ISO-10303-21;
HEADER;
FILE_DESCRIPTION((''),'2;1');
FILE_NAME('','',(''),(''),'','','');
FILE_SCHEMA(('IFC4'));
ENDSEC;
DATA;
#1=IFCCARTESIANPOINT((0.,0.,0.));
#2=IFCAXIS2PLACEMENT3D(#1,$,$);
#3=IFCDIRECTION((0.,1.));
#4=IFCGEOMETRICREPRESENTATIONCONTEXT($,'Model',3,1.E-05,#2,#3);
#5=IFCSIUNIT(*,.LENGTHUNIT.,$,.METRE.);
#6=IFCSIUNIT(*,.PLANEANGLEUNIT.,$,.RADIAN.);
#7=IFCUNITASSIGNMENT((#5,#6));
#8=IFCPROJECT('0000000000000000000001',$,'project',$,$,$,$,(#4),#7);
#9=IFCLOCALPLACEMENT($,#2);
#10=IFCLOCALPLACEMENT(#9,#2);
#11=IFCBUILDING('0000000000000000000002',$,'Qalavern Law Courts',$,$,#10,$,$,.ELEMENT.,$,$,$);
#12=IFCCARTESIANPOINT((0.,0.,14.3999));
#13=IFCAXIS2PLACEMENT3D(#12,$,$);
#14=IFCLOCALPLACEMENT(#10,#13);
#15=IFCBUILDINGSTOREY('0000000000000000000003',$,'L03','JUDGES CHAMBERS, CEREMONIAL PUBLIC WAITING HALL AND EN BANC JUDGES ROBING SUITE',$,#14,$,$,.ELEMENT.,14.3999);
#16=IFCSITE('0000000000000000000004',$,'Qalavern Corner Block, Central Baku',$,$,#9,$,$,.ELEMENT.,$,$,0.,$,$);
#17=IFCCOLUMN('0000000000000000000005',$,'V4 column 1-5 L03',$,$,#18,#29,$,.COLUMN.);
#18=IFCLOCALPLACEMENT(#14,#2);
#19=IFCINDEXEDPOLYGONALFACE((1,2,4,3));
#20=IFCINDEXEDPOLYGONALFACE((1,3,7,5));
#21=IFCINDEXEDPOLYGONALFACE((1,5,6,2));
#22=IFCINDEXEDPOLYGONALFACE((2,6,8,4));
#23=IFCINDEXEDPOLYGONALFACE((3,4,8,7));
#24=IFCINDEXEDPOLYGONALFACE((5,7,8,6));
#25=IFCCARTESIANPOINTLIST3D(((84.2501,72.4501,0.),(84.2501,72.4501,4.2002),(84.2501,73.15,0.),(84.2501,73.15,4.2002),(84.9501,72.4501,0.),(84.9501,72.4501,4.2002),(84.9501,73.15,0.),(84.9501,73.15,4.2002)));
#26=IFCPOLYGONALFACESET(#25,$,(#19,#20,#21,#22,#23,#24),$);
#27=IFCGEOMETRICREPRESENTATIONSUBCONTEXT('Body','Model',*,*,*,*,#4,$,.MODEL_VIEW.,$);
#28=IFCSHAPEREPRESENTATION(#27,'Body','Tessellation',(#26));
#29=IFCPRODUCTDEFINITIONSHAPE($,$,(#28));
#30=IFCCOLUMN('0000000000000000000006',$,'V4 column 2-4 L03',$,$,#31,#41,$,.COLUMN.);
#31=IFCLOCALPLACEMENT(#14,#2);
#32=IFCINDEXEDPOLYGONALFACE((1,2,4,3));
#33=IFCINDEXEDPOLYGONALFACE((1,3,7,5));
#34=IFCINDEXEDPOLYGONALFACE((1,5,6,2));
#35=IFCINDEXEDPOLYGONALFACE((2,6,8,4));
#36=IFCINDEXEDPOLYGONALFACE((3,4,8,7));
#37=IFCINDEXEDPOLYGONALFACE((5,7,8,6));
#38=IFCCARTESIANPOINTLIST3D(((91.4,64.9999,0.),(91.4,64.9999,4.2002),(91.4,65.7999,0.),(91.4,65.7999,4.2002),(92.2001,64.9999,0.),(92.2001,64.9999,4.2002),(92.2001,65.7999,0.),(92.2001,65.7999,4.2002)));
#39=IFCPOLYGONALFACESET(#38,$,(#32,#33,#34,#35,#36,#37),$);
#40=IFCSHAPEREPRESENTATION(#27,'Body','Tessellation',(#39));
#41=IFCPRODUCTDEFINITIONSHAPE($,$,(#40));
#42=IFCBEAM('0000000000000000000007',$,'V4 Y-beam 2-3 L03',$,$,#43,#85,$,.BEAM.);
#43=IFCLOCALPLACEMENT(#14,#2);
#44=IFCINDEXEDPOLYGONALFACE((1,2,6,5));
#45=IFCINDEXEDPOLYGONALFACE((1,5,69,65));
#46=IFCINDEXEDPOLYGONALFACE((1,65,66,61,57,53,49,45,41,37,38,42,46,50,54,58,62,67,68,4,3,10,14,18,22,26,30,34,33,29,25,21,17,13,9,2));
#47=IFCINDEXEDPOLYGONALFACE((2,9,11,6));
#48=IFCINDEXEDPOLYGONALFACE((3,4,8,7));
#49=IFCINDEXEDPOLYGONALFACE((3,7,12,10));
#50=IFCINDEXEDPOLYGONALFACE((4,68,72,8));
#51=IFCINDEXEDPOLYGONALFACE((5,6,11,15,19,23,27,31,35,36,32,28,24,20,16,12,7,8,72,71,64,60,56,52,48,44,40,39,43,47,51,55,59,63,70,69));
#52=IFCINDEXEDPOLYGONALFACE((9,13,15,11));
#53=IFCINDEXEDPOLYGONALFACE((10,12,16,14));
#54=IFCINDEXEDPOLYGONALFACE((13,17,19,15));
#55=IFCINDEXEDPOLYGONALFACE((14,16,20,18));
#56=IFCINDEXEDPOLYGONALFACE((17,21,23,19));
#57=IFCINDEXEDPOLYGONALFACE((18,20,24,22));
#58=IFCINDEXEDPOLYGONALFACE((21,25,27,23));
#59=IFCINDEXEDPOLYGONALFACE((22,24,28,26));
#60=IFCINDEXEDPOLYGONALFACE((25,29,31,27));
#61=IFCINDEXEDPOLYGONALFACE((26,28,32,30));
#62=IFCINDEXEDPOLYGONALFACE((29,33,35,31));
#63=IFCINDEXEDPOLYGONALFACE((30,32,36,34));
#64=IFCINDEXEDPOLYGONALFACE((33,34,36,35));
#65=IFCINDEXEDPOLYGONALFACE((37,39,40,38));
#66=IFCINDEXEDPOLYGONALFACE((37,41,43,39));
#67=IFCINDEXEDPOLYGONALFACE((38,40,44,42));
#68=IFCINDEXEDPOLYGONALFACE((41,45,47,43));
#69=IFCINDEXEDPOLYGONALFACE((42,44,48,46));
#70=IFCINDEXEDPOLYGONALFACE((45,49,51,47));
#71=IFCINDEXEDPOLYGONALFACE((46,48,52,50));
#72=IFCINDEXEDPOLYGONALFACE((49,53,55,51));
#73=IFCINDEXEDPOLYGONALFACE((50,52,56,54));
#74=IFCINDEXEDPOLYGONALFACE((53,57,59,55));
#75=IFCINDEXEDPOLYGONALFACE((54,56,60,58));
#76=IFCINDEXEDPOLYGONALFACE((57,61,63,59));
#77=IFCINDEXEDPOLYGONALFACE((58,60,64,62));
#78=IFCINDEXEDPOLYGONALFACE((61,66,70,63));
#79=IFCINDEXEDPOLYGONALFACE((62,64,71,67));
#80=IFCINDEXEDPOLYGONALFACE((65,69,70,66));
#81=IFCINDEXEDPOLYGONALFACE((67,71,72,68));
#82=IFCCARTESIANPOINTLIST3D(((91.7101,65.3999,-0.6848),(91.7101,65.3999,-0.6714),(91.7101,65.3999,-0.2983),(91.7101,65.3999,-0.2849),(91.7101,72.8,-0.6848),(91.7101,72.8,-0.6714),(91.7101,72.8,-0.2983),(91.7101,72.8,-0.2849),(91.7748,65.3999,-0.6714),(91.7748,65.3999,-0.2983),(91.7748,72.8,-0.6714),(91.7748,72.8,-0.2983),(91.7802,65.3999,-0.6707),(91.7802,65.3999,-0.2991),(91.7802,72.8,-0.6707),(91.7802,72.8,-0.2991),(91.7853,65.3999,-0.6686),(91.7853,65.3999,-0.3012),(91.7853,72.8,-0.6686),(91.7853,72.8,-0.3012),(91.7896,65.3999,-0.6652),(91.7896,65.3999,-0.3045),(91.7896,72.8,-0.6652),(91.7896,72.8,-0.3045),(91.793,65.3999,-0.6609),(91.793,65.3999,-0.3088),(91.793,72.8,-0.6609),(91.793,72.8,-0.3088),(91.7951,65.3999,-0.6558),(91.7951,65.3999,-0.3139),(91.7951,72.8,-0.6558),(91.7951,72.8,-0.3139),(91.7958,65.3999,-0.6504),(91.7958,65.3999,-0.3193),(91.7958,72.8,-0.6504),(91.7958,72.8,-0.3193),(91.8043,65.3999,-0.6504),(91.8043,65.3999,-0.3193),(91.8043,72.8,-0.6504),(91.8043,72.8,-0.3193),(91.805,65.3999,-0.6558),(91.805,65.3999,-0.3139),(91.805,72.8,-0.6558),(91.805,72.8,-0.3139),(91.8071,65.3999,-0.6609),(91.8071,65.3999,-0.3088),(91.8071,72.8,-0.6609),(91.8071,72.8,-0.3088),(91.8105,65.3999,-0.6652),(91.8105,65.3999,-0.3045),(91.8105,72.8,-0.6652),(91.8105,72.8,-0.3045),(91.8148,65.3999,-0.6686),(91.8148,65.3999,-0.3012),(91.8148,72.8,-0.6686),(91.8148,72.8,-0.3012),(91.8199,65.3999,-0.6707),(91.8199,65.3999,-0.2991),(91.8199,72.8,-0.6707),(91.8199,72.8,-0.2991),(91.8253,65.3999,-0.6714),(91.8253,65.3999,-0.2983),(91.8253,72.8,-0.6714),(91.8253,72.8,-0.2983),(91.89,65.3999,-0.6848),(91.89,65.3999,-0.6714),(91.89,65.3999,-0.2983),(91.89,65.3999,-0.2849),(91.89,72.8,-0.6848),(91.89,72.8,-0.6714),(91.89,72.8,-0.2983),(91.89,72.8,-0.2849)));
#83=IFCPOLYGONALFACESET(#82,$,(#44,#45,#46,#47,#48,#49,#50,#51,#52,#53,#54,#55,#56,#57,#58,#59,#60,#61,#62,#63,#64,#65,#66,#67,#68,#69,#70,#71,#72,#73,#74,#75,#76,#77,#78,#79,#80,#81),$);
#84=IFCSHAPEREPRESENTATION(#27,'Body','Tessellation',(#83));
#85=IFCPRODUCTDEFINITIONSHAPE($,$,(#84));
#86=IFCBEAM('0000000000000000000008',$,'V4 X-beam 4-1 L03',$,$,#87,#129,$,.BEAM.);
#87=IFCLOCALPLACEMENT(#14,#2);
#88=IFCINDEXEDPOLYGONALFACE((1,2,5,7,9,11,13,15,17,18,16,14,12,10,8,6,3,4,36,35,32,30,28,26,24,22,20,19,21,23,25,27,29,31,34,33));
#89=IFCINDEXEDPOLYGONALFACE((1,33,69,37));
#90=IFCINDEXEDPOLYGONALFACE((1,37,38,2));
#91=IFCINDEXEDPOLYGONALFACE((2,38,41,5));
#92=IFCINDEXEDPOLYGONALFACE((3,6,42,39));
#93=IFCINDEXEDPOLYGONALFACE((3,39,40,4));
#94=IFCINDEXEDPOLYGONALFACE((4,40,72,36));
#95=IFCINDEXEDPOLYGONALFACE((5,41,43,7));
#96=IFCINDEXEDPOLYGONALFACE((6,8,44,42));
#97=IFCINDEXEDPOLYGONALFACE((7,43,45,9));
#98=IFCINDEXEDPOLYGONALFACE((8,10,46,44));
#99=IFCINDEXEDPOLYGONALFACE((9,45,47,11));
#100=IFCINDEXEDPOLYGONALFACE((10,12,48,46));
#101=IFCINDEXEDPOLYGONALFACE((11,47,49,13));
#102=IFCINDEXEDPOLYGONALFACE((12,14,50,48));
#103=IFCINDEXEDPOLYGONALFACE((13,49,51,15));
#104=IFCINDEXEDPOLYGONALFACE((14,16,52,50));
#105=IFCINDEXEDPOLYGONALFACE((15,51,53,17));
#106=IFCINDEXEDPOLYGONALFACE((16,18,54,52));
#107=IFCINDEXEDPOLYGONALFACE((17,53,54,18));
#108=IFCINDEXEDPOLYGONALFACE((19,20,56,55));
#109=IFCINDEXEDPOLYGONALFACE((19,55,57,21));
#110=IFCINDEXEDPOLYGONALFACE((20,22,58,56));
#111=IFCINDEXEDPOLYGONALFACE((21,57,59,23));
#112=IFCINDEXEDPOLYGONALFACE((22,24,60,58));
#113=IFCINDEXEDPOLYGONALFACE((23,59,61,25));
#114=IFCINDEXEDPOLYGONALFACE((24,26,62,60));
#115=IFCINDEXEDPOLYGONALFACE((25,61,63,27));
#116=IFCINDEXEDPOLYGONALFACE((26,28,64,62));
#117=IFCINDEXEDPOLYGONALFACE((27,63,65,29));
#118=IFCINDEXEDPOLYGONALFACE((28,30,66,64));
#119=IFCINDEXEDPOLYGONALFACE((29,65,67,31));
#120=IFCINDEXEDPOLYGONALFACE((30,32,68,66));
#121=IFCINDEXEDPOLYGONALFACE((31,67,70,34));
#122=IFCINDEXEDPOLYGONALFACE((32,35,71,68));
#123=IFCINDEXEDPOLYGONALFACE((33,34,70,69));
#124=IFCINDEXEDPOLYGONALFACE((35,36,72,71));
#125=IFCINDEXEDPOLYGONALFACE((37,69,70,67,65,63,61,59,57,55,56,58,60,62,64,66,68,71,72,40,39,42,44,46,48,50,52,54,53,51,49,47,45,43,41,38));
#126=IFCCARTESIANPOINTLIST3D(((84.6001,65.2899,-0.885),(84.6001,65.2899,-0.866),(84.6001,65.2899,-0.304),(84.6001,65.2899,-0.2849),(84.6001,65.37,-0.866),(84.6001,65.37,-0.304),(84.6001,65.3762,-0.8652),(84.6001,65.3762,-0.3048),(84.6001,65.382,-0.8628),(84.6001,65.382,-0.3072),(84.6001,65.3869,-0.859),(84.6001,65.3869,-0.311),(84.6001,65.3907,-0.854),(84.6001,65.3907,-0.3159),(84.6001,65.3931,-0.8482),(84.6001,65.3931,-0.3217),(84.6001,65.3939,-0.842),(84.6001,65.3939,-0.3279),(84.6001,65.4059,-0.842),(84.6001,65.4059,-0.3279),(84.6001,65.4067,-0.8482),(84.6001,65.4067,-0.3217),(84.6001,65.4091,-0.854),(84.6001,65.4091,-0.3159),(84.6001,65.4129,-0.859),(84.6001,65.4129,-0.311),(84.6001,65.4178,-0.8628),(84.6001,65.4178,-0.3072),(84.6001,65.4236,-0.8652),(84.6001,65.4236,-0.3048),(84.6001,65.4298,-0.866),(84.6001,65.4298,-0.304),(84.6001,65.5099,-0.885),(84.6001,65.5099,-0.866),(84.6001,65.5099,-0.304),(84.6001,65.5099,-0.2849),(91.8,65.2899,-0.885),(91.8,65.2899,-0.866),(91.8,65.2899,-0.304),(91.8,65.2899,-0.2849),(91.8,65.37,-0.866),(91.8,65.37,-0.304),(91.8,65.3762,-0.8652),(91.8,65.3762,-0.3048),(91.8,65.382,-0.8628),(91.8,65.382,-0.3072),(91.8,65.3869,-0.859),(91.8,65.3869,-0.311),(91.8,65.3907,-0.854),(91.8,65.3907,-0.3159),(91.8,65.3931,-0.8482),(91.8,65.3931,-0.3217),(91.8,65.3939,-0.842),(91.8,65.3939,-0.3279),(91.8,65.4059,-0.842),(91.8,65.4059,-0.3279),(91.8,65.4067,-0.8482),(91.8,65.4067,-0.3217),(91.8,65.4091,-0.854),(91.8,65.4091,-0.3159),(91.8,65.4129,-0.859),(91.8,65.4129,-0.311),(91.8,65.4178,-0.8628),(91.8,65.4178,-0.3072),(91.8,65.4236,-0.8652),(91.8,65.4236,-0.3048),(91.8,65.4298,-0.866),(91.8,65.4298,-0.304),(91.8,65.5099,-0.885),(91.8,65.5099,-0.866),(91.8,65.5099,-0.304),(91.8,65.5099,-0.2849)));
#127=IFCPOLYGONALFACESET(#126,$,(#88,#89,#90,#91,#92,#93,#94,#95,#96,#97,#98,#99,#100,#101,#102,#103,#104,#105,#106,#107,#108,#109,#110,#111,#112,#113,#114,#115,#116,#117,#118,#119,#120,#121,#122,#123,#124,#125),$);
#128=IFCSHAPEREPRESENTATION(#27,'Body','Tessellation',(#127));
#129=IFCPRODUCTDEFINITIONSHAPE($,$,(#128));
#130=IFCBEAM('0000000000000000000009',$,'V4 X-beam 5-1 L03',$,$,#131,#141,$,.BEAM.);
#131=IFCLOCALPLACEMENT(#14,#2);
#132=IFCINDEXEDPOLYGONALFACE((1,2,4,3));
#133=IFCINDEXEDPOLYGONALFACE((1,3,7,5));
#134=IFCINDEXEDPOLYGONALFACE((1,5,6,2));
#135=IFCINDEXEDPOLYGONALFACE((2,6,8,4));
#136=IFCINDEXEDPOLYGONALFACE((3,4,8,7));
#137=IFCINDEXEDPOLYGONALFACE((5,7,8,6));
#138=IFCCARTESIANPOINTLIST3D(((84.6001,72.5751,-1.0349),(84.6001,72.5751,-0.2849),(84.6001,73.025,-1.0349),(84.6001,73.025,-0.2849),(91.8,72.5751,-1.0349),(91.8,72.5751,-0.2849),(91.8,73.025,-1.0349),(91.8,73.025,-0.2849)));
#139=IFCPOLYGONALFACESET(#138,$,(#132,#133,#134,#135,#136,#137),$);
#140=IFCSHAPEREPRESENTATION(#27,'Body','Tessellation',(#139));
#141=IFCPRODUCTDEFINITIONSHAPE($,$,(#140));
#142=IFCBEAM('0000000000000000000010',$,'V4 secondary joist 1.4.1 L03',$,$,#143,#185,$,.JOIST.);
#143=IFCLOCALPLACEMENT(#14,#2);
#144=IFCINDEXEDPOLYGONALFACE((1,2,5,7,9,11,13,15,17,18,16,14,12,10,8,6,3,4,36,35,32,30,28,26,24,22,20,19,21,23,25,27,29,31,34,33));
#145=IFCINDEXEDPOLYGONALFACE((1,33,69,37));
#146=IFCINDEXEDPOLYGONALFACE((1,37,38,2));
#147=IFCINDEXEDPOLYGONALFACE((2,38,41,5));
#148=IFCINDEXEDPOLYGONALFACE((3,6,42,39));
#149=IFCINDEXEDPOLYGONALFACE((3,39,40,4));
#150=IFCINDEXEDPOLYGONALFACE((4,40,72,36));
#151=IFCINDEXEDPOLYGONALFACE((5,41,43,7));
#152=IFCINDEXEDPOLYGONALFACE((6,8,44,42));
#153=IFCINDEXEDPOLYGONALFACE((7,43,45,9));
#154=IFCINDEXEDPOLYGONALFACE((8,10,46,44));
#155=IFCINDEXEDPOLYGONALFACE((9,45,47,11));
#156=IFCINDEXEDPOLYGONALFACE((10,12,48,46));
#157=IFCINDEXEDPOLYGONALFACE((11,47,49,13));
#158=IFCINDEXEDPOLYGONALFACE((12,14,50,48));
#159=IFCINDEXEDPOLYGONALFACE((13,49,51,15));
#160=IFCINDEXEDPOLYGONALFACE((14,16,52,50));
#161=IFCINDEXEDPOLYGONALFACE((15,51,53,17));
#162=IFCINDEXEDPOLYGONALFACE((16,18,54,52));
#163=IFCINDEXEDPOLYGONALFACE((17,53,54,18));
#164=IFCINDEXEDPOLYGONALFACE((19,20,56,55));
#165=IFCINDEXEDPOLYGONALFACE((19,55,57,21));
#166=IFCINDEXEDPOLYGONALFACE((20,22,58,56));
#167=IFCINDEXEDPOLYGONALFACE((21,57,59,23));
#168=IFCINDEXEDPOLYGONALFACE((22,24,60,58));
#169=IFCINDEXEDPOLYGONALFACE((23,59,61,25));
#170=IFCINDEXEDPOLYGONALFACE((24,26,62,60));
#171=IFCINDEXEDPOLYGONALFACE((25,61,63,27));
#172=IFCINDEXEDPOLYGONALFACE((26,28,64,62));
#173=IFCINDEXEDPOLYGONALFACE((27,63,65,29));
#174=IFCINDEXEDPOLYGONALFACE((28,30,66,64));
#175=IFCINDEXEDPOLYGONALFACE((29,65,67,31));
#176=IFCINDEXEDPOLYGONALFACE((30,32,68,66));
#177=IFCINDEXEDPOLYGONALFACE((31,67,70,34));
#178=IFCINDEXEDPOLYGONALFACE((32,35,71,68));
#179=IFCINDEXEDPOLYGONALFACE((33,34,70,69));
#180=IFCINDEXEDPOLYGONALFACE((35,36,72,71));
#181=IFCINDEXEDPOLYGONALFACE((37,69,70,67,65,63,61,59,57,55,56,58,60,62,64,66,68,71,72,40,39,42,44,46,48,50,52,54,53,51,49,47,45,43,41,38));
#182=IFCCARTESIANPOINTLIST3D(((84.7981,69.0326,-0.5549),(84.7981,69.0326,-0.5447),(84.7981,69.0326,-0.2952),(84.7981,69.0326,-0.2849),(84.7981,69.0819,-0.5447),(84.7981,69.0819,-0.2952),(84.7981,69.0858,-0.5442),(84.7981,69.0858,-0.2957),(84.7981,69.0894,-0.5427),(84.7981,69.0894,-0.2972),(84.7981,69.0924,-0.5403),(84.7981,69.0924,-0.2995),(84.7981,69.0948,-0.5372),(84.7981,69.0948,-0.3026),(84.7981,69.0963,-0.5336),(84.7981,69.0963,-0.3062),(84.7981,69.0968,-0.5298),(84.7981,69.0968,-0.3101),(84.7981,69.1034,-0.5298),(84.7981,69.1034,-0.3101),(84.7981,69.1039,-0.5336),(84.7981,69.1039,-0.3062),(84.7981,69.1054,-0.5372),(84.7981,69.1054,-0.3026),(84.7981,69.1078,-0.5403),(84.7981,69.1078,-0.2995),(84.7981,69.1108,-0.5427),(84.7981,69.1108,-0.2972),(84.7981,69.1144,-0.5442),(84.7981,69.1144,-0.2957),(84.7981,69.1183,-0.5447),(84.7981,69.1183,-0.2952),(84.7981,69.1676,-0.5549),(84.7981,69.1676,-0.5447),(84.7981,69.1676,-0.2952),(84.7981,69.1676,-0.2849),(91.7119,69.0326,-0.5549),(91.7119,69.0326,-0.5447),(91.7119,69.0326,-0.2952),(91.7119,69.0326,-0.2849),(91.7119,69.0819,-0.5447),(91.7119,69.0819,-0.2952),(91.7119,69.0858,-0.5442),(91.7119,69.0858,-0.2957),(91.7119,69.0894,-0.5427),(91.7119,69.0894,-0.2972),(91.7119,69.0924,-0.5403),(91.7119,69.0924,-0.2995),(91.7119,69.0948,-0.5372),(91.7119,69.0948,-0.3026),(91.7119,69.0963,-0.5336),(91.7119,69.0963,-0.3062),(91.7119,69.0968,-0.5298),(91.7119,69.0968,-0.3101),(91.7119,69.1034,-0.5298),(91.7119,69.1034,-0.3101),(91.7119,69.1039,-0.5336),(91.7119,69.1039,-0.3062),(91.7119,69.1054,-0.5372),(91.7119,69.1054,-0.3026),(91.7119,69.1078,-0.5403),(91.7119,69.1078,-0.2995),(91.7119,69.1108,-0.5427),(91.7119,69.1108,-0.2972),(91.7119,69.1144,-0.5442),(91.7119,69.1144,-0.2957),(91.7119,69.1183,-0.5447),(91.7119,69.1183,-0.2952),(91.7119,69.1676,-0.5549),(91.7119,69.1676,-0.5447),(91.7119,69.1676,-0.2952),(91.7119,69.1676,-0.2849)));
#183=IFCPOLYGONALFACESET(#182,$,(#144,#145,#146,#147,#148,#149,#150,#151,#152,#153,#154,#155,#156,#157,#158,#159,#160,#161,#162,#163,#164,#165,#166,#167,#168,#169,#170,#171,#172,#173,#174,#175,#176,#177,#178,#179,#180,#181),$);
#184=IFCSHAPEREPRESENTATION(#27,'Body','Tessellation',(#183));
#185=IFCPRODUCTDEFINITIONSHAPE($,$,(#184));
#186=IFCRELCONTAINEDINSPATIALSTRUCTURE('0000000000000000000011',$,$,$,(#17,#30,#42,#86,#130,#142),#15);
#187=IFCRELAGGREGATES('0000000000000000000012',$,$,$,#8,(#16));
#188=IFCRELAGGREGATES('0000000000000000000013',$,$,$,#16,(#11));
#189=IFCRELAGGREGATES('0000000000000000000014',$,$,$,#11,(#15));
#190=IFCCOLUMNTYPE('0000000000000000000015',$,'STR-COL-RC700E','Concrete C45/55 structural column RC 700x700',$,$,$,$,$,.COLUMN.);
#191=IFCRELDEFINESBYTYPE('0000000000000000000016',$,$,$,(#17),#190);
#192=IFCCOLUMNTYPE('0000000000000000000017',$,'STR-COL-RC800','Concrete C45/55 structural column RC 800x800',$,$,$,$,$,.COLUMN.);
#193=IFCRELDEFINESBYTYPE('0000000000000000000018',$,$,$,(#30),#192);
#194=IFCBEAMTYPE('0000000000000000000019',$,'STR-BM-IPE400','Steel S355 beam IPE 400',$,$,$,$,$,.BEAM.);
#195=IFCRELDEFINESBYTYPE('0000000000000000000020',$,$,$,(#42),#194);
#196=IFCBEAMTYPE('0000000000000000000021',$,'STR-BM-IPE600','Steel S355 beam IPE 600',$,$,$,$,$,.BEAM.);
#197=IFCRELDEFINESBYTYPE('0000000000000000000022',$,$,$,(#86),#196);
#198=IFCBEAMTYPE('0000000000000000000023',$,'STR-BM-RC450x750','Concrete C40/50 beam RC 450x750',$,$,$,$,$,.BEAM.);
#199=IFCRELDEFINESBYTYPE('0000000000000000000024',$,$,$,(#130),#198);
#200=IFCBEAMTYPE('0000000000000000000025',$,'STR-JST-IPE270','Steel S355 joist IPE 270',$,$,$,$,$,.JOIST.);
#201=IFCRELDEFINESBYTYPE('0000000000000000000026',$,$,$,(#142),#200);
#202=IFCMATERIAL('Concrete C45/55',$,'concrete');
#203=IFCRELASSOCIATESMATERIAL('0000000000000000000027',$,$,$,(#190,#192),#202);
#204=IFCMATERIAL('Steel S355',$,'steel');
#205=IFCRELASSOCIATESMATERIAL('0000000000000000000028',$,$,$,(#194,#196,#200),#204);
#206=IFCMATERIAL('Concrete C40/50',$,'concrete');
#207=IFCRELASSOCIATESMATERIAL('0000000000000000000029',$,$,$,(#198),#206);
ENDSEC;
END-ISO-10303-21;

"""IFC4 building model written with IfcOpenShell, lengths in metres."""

from ifc_helpers import new_model, si_unit, direction, frame, origin, origin_2d, place, context, subcontext, project, spatial, rectangle, i_section, extrude, material, material_profile, profile_set, type_object, element, save


model = new_model("IFC4")

# Units and contexts
model_context = context("Model", 3, precision=1e-05, world=origin(), true_north=direction((0.0, 1.0)))
body_context = subcontext(model_context, "Body", "Model", "MODEL_VIEW")
ifc_project = project(units=[si_unit("LENGTHUNIT", "METRE"), si_unit("PLANEANGLEUNIT", "RADIAN")], contexts=[model_context])

# Site, building, storey
site_placement = place(None, origin())
site = spatial("IfcSite", under=ifc_project, at=site_placement, Name="Qalavern Corner Block, Central Baku", CompositionType="ELEMENT", RefElevation=0.0)
building_placement = place(site_placement, origin())
building = spatial("IfcBuilding", under=site, at=building_placement, Name="Qalavern Law Courts", CompositionType="ELEMENT")
storey_placement = place(building_placement, frame((0.0, 0.0, 14.3999)))
storey = spatial("IfcBuildingStorey", under=building, at=storey_placement, Name="L03", Description="JUDGES CHAMBERS, CEREMONIAL PUBLIC WAITING HALL AND EN BANC JUDGES ROBING SUITE", CompositionType="ELEMENT", Elevation=14.3999)

# Columns
ifc_material_1 = material(Name="Concrete C45/55", Category="concrete")
ifc_material_profile_1 = material_profile(ifc_material_1, rectangle(XDim=0.7, YDim=0.7, at=origin_2d()), Name="RC 700x700")
ifc_profile_set_1 = profile_set([ifc_material_profile_1], Name="Concrete C45/55")
column_type_1 = type_object("IfcColumnType", Name="STR-COL-RC700E", Description="Concrete C45/55 structural column RC 700x700", PredefinedType="COLUMN", material=ifc_profile_set_1)
column_1_placement = place(storey_placement, frame((84.6001, 72.8, 0.0), z_axis=(0.0, 0.0, 1.0), x_axis=(1.0, 0.0, 0.0)))
element("IfcColumn", 1, at=column_1_placement, inside=storey, type_object=column_type_1, Name="V4 column 1-5 L03", PredefinedType="COLUMN", context=body_context, shape_type="SweptSolid", body=[
    extrude(rectangle(XDim=0.7, YDim=0.7, at=origin_2d()), origin(), (0.0, 0.0, 1.0), 4.2002),
])
ifc_material_profile_2 = material_profile(ifc_material_1, rectangle(XDim=0.8, YDim=0.8, at=origin_2d()), Name="RC 800x800")
ifc_profile_set_2 = profile_set([ifc_material_profile_2], Name="Concrete C45/55")
column_type_2 = type_object("IfcColumnType", Name="STR-COL-RC800", Description="Concrete C45/55 structural column RC 800x800", PredefinedType="COLUMN", material=ifc_profile_set_2)
column_2_placement = place(storey_placement, frame((91.8, 65.3999, 0.0), z_axis=(0.0, 0.0, 1.0), x_axis=(1.0, 0.0, 0.0)))
element("IfcColumn", 2, at=column_2_placement, inside=storey, type_object=column_type_2, Name="V4 column 2-4 L03", PredefinedType="COLUMN", context=body_context, shape_type="SweptSolid", body=[
    extrude(rectangle(XDim=0.8, YDim=0.8, at=origin_2d()), origin(), (0.0, 0.0, 1.0), 4.2002),
])

# Beams
ifc_material_2 = material(Name="Steel S355", Category="steel")
ifc_material_profile_3 = material_profile(ifc_material_2, i_section(OverallWidth=0.1799, OverallDepth=0.3999, WebThickness=0.0085, FlangeThickness=0.0134, FilletRadius=0.021, at=origin_2d()), Name="IPE 400")
ifc_profile_set_3 = profile_set([ifc_material_profile_3], Name="Steel S355")
beam_type_1 = type_object("IfcBeamType", Name="STR-BM-IPE400", Description="Steel S355 beam IPE 400", PredefinedType="BEAM", material=ifc_profile_set_3)
beam_1_placement = place(storey_placement, frame((91.8, 65.3999, -0.4849), z_axis=(0.0, 1.0, 0.0), x_axis=(-1.0, 0.0, 0.0)))
element("IfcBeam", 3, at=beam_1_placement, inside=storey, type_object=beam_type_1, Name="V4 Y-beam 2-3 L03", PredefinedType="BEAM", context=body_context, shape_type="SweptSolid", body=[
    extrude(i_section(OverallWidth=0.1799, OverallDepth=0.3999, WebThickness=0.0085, FlangeThickness=0.0134, FilletRadius=0.021, at=origin_2d()), origin(), (0.0, 0.0, 1.0), 7.4001),
])
ifc_material_profile_4 = material_profile(ifc_material_2, i_section(OverallWidth=0.22, OverallDepth=0.6001, WebThickness=0.012, FlangeThickness=0.019, FilletRadius=0.0239, at=origin_2d()), Name="IPE 600")
ifc_profile_set_4 = profile_set([ifc_material_profile_4], Name="Steel S355")
beam_type_2 = type_object("IfcBeamType", Name="STR-BM-IPE600", Description="Steel S355 beam IPE 600", PredefinedType="BEAM", material=ifc_profile_set_4)
beam_2_placement = place(storey_placement, frame((84.6001, 65.3999, -0.585), z_axis=(1.0, 0.0, 0.0), x_axis=(0.0, 1.0, 0.0)))
element("IfcBeam", 4, at=beam_2_placement, inside=storey, type_object=beam_type_2, Name="V4 X-beam 4-1 L03", PredefinedType="BEAM", context=body_context, shape_type="SweptSolid", body=[
    extrude(i_section(OverallWidth=0.22, OverallDepth=0.6001, WebThickness=0.012, FlangeThickness=0.019, FilletRadius=0.0239, at=origin_2d()), origin(), (0.0, 0.0, 1.0), 7.2),
])
ifc_material_3 = material(Name="Concrete C40/50", Category="concrete")
ifc_material_profile_5 = material_profile(ifc_material_3, rectangle(XDim=0.45, YDim=0.75, at=origin_2d()), Name="RC 450x750")
ifc_profile_set_5 = profile_set([ifc_material_profile_5], Name="Concrete C40/50")
beam_type_3 = type_object("IfcBeamType", Name="STR-BM-RC450x750", Description="Concrete C40/50 beam RC 450x750", PredefinedType="BEAM", material=ifc_profile_set_5)
beam_3_placement = place(storey_placement, frame((84.6001, 72.8, -0.6599), z_axis=(1.0, 0.0, 0.0), x_axis=(0.0, 1.0, 0.0)))
element("IfcBeam", 5, at=beam_3_placement, inside=storey, type_object=beam_type_3, Name="V4 X-beam 5-1 L03", PredefinedType="BEAM", context=body_context, shape_type="SweptSolid", body=[
    extrude(rectangle(XDim=0.45, YDim=0.75, at=origin_2d()), origin(), (0.0, 0.0, 1.0), 7.2),
])
ifc_material_profile_6 = material_profile(ifc_material_2, i_section(OverallWidth=0.135, OverallDepth=0.27, WebThickness=0.0066, FlangeThickness=0.0103, FilletRadius=0.0149, at=origin_2d()), Name="IPE 270")
ifc_profile_set_6 = profile_set([ifc_material_profile_6], Name="Steel S355")
beam_type_4 = type_object("IfcBeamType", Name="STR-JST-IPE270", Description="Steel S355 joist IPE 270", PredefinedType="JOIST", material=ifc_profile_set_6)
beam_4_placement = place(storey_placement, frame((84.7981, 69.1001, -0.4199), z_axis=(1.0, 0.0, 0.0), x_axis=(0.0, 1.0, 0.0)))
element("IfcBeam", 6, at=beam_4_placement, inside=storey, type_object=beam_type_4, Name="V4 secondary joist 1.4.1 L03", PredefinedType="JOIST", context=body_context, shape_type="SweptSolid", body=[
    extrude(i_section(OverallWidth=0.135, OverallDepth=0.27, WebThickness=0.0066, FlangeThickness=0.0103, FilletRadius=0.0149, at=origin_2d()), origin(), (0.0, 0.0, 1.0), 6.9138),
])

save(model, "model.ifc")
